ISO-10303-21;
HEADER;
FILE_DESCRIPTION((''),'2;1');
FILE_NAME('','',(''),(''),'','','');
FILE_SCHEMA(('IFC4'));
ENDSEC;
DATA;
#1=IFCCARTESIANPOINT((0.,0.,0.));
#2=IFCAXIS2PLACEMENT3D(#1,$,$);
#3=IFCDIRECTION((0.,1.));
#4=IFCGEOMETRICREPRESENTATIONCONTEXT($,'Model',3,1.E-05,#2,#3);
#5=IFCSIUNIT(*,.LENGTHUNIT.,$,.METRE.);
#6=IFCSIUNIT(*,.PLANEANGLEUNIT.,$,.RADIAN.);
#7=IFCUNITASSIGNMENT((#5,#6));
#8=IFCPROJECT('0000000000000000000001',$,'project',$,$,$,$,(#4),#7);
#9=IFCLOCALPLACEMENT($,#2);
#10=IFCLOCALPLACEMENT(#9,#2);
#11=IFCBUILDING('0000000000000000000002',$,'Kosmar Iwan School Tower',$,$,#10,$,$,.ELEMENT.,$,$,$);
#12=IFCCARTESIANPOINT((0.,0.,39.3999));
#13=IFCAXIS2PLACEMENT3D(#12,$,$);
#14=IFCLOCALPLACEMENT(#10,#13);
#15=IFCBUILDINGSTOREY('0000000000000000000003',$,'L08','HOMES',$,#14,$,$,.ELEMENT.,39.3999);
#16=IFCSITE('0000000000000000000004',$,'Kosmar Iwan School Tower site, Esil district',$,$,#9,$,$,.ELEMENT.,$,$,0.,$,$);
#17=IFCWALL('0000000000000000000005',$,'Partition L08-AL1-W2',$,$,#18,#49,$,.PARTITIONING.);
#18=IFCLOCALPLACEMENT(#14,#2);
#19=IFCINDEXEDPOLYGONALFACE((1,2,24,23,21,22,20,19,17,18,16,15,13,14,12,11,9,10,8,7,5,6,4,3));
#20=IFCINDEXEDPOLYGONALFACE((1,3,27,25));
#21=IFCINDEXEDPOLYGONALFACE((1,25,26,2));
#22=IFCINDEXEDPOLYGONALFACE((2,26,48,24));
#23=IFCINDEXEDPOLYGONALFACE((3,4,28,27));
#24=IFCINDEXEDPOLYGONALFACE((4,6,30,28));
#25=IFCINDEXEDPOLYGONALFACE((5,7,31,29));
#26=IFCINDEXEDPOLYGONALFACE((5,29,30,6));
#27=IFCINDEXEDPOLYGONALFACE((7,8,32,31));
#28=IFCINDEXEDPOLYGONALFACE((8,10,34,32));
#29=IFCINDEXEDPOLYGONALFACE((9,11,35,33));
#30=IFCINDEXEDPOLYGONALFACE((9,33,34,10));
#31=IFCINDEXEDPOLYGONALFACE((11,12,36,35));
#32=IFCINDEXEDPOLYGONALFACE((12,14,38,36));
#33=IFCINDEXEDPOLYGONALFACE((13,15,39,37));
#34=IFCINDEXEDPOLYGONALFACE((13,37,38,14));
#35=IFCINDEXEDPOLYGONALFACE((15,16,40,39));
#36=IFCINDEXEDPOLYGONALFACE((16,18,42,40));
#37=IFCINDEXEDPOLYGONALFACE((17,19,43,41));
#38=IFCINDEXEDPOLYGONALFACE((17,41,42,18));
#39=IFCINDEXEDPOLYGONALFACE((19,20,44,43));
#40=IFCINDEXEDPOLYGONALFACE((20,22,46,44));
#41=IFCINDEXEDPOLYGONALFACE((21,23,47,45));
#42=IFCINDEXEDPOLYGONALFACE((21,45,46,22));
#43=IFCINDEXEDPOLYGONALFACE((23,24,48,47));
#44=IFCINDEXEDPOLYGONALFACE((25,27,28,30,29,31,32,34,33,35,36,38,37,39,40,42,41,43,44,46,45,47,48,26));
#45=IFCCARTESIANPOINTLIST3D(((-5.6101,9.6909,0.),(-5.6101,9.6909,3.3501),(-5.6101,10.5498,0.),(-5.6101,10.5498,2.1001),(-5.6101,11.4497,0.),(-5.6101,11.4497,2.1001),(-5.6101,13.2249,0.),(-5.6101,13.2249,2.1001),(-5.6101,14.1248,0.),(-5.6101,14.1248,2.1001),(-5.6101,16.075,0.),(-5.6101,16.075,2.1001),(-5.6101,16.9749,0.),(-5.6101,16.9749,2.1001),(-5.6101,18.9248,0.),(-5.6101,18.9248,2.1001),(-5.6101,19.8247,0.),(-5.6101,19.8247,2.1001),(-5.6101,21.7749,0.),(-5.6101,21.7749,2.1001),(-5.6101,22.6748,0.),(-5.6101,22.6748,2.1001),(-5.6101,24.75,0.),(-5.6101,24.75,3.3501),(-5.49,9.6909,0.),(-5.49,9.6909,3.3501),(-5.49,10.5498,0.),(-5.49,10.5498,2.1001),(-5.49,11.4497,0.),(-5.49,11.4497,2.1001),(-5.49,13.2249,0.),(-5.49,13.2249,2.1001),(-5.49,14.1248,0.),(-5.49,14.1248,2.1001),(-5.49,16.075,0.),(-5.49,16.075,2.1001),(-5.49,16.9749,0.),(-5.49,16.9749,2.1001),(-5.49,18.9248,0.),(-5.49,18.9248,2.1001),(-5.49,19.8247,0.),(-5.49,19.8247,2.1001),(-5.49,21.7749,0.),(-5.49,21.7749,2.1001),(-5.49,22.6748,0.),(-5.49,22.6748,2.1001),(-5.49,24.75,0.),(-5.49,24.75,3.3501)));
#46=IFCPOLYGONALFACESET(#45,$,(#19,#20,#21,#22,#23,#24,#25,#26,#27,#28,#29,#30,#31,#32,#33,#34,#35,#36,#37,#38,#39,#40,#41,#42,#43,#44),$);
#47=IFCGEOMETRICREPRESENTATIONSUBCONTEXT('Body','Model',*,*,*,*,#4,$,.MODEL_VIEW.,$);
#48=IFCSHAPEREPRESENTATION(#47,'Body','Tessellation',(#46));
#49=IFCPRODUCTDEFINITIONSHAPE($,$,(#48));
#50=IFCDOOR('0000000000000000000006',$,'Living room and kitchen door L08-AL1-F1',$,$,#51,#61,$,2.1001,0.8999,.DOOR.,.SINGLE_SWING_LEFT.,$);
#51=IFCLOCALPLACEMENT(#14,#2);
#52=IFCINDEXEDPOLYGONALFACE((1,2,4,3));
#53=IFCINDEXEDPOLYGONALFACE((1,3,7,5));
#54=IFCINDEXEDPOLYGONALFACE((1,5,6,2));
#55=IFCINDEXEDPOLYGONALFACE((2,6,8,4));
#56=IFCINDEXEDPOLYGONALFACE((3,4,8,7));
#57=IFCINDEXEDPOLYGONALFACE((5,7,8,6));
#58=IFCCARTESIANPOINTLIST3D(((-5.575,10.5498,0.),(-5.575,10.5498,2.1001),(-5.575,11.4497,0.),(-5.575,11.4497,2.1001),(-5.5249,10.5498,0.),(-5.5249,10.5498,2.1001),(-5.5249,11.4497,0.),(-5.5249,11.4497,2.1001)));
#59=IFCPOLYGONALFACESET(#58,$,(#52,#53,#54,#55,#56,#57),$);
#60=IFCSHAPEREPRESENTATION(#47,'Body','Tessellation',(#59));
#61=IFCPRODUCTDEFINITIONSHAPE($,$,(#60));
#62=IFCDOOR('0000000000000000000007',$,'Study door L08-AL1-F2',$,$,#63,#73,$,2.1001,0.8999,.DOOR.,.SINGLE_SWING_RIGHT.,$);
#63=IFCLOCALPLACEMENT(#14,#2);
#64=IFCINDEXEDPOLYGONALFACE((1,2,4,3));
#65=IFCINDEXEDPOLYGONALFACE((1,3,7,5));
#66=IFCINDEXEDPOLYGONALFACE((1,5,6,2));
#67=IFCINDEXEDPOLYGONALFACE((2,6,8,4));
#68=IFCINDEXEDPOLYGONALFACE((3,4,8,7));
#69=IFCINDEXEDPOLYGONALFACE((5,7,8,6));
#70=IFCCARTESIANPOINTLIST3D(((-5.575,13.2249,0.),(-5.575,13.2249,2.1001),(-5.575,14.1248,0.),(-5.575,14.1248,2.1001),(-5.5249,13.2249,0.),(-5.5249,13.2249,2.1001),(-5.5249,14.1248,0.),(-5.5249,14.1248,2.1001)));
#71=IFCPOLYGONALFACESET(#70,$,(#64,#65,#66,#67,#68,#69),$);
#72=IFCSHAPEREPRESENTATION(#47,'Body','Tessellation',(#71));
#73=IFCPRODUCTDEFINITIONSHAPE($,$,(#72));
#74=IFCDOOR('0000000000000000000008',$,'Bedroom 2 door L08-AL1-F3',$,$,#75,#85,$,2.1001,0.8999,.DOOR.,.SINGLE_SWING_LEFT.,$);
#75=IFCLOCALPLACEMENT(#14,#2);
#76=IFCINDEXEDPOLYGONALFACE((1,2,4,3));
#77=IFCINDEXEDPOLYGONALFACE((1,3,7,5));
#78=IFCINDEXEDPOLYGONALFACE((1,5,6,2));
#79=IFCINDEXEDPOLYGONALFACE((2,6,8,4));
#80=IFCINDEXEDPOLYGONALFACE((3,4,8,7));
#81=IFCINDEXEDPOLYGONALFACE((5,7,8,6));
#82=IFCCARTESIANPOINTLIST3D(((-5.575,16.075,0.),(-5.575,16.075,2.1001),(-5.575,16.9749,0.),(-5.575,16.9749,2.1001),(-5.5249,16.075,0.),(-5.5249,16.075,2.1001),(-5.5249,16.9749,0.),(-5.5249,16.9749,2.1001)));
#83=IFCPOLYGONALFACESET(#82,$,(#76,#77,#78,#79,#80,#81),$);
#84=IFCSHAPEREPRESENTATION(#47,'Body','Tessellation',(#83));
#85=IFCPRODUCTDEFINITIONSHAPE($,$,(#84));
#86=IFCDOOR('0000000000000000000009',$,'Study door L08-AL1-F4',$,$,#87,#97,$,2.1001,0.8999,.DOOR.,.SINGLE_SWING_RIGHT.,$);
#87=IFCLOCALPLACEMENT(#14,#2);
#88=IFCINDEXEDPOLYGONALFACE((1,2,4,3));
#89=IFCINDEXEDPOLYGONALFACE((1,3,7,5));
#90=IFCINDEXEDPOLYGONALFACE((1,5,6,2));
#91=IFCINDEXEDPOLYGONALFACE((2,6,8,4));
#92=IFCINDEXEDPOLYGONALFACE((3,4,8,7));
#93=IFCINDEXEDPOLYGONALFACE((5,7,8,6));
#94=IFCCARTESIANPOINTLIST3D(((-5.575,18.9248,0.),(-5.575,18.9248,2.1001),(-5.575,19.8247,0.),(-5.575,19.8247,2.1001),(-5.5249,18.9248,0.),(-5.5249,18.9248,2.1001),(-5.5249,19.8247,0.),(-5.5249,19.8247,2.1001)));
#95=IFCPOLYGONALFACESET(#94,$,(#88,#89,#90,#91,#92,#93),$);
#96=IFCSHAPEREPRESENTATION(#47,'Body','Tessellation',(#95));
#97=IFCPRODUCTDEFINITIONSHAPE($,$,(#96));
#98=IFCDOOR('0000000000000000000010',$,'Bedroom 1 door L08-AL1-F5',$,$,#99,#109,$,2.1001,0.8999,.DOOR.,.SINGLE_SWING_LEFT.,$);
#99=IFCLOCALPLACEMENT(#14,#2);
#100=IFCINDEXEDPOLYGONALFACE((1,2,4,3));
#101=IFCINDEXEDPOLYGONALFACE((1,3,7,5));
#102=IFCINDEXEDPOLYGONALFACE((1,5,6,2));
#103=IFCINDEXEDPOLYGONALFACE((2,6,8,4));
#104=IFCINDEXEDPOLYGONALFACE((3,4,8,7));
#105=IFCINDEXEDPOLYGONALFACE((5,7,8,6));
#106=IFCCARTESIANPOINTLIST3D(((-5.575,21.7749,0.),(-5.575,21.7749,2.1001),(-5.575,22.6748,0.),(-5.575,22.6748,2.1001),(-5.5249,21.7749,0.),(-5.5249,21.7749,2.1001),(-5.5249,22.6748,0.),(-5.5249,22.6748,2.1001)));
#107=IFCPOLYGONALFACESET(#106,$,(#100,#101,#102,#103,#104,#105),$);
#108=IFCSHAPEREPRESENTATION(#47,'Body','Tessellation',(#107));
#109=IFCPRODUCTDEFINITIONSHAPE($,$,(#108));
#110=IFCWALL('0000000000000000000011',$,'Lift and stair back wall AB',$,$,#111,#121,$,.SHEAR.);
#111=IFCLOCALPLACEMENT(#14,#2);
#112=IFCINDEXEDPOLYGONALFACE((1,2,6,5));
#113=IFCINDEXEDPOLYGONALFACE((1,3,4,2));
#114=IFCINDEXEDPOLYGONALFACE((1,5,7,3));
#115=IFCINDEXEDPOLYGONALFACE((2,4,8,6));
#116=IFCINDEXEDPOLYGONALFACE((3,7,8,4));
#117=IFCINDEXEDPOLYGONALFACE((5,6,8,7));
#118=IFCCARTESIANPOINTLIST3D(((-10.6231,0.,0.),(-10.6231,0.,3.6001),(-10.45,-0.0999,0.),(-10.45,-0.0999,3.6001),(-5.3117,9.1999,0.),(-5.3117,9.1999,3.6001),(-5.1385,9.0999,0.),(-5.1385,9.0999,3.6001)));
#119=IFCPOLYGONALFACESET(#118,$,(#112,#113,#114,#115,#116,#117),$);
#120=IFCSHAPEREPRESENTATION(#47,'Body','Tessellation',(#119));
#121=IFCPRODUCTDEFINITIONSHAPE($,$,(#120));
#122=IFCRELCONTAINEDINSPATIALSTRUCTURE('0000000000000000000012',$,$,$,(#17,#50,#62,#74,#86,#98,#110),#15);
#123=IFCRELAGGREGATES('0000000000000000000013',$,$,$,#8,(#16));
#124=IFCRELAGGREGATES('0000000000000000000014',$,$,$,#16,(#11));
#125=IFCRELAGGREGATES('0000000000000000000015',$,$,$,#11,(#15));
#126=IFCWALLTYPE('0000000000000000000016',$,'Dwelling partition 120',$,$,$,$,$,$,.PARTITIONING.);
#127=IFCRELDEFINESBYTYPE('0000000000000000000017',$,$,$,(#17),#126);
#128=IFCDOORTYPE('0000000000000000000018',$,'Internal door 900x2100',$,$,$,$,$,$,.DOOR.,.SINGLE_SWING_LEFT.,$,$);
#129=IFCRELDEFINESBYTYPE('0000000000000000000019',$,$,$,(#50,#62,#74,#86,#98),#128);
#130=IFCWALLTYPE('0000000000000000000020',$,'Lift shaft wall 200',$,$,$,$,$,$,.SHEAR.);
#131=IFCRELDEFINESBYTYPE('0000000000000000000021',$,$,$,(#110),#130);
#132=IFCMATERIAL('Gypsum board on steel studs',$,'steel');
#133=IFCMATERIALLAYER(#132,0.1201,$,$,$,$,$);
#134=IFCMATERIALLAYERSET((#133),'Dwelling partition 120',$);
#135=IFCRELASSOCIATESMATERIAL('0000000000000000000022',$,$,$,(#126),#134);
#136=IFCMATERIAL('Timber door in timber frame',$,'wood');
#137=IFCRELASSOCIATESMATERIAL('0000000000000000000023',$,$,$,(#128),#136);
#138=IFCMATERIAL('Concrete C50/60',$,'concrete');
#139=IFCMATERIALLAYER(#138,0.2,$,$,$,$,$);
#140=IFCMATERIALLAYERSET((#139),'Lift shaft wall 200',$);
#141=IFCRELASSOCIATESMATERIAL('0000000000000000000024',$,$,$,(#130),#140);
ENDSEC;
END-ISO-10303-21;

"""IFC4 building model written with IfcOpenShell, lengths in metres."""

from ifc_helpers import new_model, si_unit, direction, frame, frame_2d, origin, place, context, subcontext, project, spatial, rectangle, extrude, material, layer, layer_set, type_object, element, fill, save


model = new_model("IFC4")

# Units and contexts
model_context = context("Model", 3, precision=1e-05, world=origin(), true_north=direction((0.0, 1.0)))
body_context = subcontext(model_context, "Body", "Model", "MODEL_VIEW")
ifc_project = project(units=[si_unit("LENGTHUNIT", "METRE"), si_unit("PLANEANGLEUNIT", "RADIAN")], contexts=[model_context])

# Site, building, storey
site_placement = place(None, origin())
site = spatial("IfcSite", under=ifc_project, at=site_placement, Name="Kosmar Iwan School Tower site, Esil district", CompositionType="ELEMENT", RefElevation=0.0)
building_placement = place(site_placement, origin())
building = spatial("IfcBuilding", under=site, at=building_placement, Name="Kosmar Iwan School Tower", CompositionType="ELEMENT")
storey_placement = place(building_placement, frame((0.0, 0.0, 39.3999)))
storey = spatial("IfcBuildingStorey", under=building, at=storey_placement, Name="L08", Description="HOMES", CompositionType="ELEMENT", Elevation=39.3999)

# Wall, openings, doors
ifc_material_1 = material(Name="Gypsum board on steel studs", Category="steel")
ifc_layer_1 = layer(ifc_material_1, 0.1201)
ifc_layer_set_1 = layer_set([ifc_layer_1], Name="Dwelling partition 120")
wall_type_1 = type_object("IfcWallType", Name="Dwelling partition 120", PredefinedType="PARTITIONING", material=ifc_layer_set_1)
wall_1_placement = place(storey_placement, frame((-5.55, 9.6909, 0.0), z_axis=(0.0, 0.0, 1.0), x_axis=(0.0, 1.0, 0.0)))
wall_1 = element("IfcWall", 1, at=wall_1_placement, inside=storey, type_object=wall_type_1, Name="Partition L08-AL1-W2", PredefinedType="PARTITIONING", context=body_context, shape_type="SweptSolid", body=[
    extrude(rectangle(XDim=15.0591, YDim=0.1201, at=frame_2d((7.5295, 0.0))), origin(), (0.0, 0.0, 1.0), 3.3501),
])
opening_1_placement = place(wall_1_placement, frame((0.8589, 0.0, 0.0)))
opening_1 = element("IfcOpeningElement", 2, at=opening_1_placement, cuts=wall_1, PredefinedType="OPENING", context=body_context, shape_type="SweptSolid", body=[
    extrude(rectangle(XDim=0.8999, YDim=2.1001, at=frame_2d((0.45, 1.05))), frame((0.0, 0.072, 0.0), z_axis=(0.0, -1.0, 0.0), x_axis=(1.0, 0.0, 0.0)), (0.0, 0.0, 1.0), 0.144),
])
opening_2_placement = place(wall_1_placement, frame((3.5339, 0.0, 0.0)))
opening_2 = element("IfcOpeningElement", 3, at=opening_2_placement, cuts=wall_1, PredefinedType="OPENING", context=body_context, shape_type="SweptSolid", body=[
    extrude(rectangle(XDim=0.8999, YDim=2.1001, at=frame_2d((0.45, 1.05))), frame((0.0, 0.072, 0.0), z_axis=(0.0, -1.0, 0.0), x_axis=(1.0, 0.0, 0.0)), (0.0, 0.0, 1.0), 0.144),
])
opening_3_placement = place(wall_1_placement, frame((6.384, 0.0, 0.0)))
opening_3 = element("IfcOpeningElement", 4, at=opening_3_placement, cuts=wall_1, PredefinedType="OPENING", context=body_context, shape_type="SweptSolid", body=[
    extrude(rectangle(XDim=0.8999, YDim=2.1001, at=frame_2d((0.45, 1.05))), frame((0.0, 0.072, 0.0), z_axis=(0.0, -1.0, 0.0), x_axis=(1.0, 0.0, 0.0)), (0.0, 0.0, 1.0), 0.144),
])
opening_4_placement = place(wall_1_placement, frame((9.2339, 0.0, 0.0)))
opening_4 = element("IfcOpeningElement", 5, at=opening_4_placement, cuts=wall_1, PredefinedType="OPENING", context=body_context, shape_type="SweptSolid", body=[
    extrude(rectangle(XDim=0.8999, YDim=2.1001, at=frame_2d((0.45, 1.05))), frame((0.0, 0.072, 0.0), z_axis=(0.0, -1.0, 0.0), x_axis=(1.0, 0.0, 0.0)), (0.0, 0.0, 1.0), 0.144),
])
opening_5_placement = place(wall_1_placement, frame((12.084, 0.0, 0.0)))
opening_5 = element("IfcOpeningElement", 6, at=opening_5_placement, cuts=wall_1, PredefinedType="OPENING", context=body_context, shape_type="SweptSolid", body=[
    extrude(rectangle(XDim=0.8999, YDim=2.1001, at=frame_2d((0.45, 1.05))), frame((0.0, 0.072, 0.0), z_axis=(0.0, -1.0, 0.0), x_axis=(1.0, 0.0, 0.0)), (0.0, 0.0, 1.0), 0.144),
])
ifc_material_2 = material(Name="Timber door in timber frame", Category="wood")
door_type = type_object("IfcDoorType", Name="Internal door 900x2100", OperationType="SINGLE_SWING_LEFT", PredefinedType="DOOR", material=ifc_material_2)
door_1_placement = place(opening_1_placement, origin())
door_1 = element("IfcDoor", 7, at=door_1_placement, inside=storey, type_object=door_type, Name="Living room and kitchen door L08-AL1-F1", OperationType="SINGLE_SWING_LEFT", OverallHeight=2.1001, OverallWidth=0.8999, PredefinedType="DOOR", context=body_context, shape_type="SweptSolid", body=[
    extrude(rectangle(XDim=0.8999, YDim=2.1001, at=frame_2d((0.45, 1.05))), frame((0.0, 0.0249, 0.0), z_axis=(0.0, -1.0, 0.0), x_axis=(1.0, 0.0, 0.0)), (0.0, 0.0, 1.0), 0.05),
])
fill(opening_1, door_1)
door_2_placement = place(opening_2_placement, origin())
door_2 = element("IfcDoor", 8, at=door_2_placement, inside=storey, type_object=door_type, Name="Study door L08-AL1-F2", OperationType="SINGLE_SWING_RIGHT", OverallHeight=2.1001, OverallWidth=0.8999, PredefinedType="DOOR", context=body_context, shape_type="SweptSolid", body=[
    extrude(rectangle(XDim=0.8999, YDim=2.1001, at=frame_2d((0.45, 1.05))), frame((0.0, 0.0249, 0.0), z_axis=(0.0, -1.0, 0.0), x_axis=(1.0, 0.0, 0.0)), (0.0, 0.0, 1.0), 0.05),
])
fill(opening_2, door_2)
door_3_placement = place(opening_3_placement, origin())
door_3 = element("IfcDoor", 9, at=door_3_placement, inside=storey, type_object=door_type, Name="Bedroom 2 door L08-AL1-F3", OperationType="SINGLE_SWING_LEFT", OverallHeight=2.1001, OverallWidth=0.8999, PredefinedType="DOOR", context=body_context, shape_type="SweptSolid", body=[
    extrude(rectangle(XDim=0.8999, YDim=2.1001, at=frame_2d((0.45, 1.05))), frame((0.0, 0.0249, 0.0), z_axis=(0.0, -1.0, 0.0), x_axis=(1.0, 0.0, 0.0)), (0.0, 0.0, 1.0), 0.05),
])
fill(opening_3, door_3)
door_4_placement = place(opening_4_placement, origin())
door_4 = element("IfcDoor", 10, at=door_4_placement, inside=storey, type_object=door_type, Name="Study door L08-AL1-F4", OperationType="SINGLE_SWING_RIGHT", OverallHeight=2.1001, OverallWidth=0.8999, PredefinedType="DOOR", context=body_context, shape_type="SweptSolid", body=[
    extrude(rectangle(XDim=0.8999, YDim=2.1001, at=frame_2d((0.45, 1.05))), frame((0.0, 0.0249, 0.0), z_axis=(0.0, -1.0, 0.0), x_axis=(1.0, 0.0, 0.0)), (0.0, 0.0, 1.0), 0.05),
])
fill(opening_4, door_4)
door_5_placement = place(opening_5_placement, origin())
door_5 = element("IfcDoor", 11, at=door_5_placement, inside=storey, type_object=door_type, Name="Bedroom 1 door L08-AL1-F5", OperationType="SINGLE_SWING_LEFT", OverallHeight=2.1001, OverallWidth=0.8999, PredefinedType="DOOR", context=body_context, shape_type="SweptSolid", body=[
    extrude(rectangle(XDim=0.8999, YDim=2.1001, at=frame_2d((0.45, 1.05))), frame((0.0, 0.0249, 0.0), z_axis=(0.0, -1.0, 0.0), x_axis=(1.0, 0.0, 0.0)), (0.0, 0.0, 1.0), 0.05),
])
fill(opening_5, door_5)

# Wall
ifc_material_3 = material(Name="Concrete C50/60", Category="concrete")
ifc_layer_2 = layer(ifc_material_3, 0.2)
ifc_layer_set_2 = layer_set([ifc_layer_2], Name="Lift shaft wall 200")
wall_type_2 = type_object("IfcWallType", Name="Lift shaft wall 200", PredefinedType="SHEAR", material=ifc_layer_set_2)
wall_2_placement = place(storey_placement, frame((-5.2251, 9.1499, 0.0), z_axis=(0.0, 0.0, 1.0), x_axis=(-0.499995, -0.866028, 0.0)))
element("IfcWall", 12, at=wall_2_placement, inside=storey, type_object=wall_type_2, Name="Lift and stair back wall AB", PredefinedType="SHEAR", context=body_context, shape_type="SweptSolid", body=[
    extrude(rectangle(XDim=10.623, YDim=0.2, at=frame_2d((5.3115, 0.0))), origin(), (0.0, 0.0, 1.0), 3.6001),
])

save(model, "model.ifc")
